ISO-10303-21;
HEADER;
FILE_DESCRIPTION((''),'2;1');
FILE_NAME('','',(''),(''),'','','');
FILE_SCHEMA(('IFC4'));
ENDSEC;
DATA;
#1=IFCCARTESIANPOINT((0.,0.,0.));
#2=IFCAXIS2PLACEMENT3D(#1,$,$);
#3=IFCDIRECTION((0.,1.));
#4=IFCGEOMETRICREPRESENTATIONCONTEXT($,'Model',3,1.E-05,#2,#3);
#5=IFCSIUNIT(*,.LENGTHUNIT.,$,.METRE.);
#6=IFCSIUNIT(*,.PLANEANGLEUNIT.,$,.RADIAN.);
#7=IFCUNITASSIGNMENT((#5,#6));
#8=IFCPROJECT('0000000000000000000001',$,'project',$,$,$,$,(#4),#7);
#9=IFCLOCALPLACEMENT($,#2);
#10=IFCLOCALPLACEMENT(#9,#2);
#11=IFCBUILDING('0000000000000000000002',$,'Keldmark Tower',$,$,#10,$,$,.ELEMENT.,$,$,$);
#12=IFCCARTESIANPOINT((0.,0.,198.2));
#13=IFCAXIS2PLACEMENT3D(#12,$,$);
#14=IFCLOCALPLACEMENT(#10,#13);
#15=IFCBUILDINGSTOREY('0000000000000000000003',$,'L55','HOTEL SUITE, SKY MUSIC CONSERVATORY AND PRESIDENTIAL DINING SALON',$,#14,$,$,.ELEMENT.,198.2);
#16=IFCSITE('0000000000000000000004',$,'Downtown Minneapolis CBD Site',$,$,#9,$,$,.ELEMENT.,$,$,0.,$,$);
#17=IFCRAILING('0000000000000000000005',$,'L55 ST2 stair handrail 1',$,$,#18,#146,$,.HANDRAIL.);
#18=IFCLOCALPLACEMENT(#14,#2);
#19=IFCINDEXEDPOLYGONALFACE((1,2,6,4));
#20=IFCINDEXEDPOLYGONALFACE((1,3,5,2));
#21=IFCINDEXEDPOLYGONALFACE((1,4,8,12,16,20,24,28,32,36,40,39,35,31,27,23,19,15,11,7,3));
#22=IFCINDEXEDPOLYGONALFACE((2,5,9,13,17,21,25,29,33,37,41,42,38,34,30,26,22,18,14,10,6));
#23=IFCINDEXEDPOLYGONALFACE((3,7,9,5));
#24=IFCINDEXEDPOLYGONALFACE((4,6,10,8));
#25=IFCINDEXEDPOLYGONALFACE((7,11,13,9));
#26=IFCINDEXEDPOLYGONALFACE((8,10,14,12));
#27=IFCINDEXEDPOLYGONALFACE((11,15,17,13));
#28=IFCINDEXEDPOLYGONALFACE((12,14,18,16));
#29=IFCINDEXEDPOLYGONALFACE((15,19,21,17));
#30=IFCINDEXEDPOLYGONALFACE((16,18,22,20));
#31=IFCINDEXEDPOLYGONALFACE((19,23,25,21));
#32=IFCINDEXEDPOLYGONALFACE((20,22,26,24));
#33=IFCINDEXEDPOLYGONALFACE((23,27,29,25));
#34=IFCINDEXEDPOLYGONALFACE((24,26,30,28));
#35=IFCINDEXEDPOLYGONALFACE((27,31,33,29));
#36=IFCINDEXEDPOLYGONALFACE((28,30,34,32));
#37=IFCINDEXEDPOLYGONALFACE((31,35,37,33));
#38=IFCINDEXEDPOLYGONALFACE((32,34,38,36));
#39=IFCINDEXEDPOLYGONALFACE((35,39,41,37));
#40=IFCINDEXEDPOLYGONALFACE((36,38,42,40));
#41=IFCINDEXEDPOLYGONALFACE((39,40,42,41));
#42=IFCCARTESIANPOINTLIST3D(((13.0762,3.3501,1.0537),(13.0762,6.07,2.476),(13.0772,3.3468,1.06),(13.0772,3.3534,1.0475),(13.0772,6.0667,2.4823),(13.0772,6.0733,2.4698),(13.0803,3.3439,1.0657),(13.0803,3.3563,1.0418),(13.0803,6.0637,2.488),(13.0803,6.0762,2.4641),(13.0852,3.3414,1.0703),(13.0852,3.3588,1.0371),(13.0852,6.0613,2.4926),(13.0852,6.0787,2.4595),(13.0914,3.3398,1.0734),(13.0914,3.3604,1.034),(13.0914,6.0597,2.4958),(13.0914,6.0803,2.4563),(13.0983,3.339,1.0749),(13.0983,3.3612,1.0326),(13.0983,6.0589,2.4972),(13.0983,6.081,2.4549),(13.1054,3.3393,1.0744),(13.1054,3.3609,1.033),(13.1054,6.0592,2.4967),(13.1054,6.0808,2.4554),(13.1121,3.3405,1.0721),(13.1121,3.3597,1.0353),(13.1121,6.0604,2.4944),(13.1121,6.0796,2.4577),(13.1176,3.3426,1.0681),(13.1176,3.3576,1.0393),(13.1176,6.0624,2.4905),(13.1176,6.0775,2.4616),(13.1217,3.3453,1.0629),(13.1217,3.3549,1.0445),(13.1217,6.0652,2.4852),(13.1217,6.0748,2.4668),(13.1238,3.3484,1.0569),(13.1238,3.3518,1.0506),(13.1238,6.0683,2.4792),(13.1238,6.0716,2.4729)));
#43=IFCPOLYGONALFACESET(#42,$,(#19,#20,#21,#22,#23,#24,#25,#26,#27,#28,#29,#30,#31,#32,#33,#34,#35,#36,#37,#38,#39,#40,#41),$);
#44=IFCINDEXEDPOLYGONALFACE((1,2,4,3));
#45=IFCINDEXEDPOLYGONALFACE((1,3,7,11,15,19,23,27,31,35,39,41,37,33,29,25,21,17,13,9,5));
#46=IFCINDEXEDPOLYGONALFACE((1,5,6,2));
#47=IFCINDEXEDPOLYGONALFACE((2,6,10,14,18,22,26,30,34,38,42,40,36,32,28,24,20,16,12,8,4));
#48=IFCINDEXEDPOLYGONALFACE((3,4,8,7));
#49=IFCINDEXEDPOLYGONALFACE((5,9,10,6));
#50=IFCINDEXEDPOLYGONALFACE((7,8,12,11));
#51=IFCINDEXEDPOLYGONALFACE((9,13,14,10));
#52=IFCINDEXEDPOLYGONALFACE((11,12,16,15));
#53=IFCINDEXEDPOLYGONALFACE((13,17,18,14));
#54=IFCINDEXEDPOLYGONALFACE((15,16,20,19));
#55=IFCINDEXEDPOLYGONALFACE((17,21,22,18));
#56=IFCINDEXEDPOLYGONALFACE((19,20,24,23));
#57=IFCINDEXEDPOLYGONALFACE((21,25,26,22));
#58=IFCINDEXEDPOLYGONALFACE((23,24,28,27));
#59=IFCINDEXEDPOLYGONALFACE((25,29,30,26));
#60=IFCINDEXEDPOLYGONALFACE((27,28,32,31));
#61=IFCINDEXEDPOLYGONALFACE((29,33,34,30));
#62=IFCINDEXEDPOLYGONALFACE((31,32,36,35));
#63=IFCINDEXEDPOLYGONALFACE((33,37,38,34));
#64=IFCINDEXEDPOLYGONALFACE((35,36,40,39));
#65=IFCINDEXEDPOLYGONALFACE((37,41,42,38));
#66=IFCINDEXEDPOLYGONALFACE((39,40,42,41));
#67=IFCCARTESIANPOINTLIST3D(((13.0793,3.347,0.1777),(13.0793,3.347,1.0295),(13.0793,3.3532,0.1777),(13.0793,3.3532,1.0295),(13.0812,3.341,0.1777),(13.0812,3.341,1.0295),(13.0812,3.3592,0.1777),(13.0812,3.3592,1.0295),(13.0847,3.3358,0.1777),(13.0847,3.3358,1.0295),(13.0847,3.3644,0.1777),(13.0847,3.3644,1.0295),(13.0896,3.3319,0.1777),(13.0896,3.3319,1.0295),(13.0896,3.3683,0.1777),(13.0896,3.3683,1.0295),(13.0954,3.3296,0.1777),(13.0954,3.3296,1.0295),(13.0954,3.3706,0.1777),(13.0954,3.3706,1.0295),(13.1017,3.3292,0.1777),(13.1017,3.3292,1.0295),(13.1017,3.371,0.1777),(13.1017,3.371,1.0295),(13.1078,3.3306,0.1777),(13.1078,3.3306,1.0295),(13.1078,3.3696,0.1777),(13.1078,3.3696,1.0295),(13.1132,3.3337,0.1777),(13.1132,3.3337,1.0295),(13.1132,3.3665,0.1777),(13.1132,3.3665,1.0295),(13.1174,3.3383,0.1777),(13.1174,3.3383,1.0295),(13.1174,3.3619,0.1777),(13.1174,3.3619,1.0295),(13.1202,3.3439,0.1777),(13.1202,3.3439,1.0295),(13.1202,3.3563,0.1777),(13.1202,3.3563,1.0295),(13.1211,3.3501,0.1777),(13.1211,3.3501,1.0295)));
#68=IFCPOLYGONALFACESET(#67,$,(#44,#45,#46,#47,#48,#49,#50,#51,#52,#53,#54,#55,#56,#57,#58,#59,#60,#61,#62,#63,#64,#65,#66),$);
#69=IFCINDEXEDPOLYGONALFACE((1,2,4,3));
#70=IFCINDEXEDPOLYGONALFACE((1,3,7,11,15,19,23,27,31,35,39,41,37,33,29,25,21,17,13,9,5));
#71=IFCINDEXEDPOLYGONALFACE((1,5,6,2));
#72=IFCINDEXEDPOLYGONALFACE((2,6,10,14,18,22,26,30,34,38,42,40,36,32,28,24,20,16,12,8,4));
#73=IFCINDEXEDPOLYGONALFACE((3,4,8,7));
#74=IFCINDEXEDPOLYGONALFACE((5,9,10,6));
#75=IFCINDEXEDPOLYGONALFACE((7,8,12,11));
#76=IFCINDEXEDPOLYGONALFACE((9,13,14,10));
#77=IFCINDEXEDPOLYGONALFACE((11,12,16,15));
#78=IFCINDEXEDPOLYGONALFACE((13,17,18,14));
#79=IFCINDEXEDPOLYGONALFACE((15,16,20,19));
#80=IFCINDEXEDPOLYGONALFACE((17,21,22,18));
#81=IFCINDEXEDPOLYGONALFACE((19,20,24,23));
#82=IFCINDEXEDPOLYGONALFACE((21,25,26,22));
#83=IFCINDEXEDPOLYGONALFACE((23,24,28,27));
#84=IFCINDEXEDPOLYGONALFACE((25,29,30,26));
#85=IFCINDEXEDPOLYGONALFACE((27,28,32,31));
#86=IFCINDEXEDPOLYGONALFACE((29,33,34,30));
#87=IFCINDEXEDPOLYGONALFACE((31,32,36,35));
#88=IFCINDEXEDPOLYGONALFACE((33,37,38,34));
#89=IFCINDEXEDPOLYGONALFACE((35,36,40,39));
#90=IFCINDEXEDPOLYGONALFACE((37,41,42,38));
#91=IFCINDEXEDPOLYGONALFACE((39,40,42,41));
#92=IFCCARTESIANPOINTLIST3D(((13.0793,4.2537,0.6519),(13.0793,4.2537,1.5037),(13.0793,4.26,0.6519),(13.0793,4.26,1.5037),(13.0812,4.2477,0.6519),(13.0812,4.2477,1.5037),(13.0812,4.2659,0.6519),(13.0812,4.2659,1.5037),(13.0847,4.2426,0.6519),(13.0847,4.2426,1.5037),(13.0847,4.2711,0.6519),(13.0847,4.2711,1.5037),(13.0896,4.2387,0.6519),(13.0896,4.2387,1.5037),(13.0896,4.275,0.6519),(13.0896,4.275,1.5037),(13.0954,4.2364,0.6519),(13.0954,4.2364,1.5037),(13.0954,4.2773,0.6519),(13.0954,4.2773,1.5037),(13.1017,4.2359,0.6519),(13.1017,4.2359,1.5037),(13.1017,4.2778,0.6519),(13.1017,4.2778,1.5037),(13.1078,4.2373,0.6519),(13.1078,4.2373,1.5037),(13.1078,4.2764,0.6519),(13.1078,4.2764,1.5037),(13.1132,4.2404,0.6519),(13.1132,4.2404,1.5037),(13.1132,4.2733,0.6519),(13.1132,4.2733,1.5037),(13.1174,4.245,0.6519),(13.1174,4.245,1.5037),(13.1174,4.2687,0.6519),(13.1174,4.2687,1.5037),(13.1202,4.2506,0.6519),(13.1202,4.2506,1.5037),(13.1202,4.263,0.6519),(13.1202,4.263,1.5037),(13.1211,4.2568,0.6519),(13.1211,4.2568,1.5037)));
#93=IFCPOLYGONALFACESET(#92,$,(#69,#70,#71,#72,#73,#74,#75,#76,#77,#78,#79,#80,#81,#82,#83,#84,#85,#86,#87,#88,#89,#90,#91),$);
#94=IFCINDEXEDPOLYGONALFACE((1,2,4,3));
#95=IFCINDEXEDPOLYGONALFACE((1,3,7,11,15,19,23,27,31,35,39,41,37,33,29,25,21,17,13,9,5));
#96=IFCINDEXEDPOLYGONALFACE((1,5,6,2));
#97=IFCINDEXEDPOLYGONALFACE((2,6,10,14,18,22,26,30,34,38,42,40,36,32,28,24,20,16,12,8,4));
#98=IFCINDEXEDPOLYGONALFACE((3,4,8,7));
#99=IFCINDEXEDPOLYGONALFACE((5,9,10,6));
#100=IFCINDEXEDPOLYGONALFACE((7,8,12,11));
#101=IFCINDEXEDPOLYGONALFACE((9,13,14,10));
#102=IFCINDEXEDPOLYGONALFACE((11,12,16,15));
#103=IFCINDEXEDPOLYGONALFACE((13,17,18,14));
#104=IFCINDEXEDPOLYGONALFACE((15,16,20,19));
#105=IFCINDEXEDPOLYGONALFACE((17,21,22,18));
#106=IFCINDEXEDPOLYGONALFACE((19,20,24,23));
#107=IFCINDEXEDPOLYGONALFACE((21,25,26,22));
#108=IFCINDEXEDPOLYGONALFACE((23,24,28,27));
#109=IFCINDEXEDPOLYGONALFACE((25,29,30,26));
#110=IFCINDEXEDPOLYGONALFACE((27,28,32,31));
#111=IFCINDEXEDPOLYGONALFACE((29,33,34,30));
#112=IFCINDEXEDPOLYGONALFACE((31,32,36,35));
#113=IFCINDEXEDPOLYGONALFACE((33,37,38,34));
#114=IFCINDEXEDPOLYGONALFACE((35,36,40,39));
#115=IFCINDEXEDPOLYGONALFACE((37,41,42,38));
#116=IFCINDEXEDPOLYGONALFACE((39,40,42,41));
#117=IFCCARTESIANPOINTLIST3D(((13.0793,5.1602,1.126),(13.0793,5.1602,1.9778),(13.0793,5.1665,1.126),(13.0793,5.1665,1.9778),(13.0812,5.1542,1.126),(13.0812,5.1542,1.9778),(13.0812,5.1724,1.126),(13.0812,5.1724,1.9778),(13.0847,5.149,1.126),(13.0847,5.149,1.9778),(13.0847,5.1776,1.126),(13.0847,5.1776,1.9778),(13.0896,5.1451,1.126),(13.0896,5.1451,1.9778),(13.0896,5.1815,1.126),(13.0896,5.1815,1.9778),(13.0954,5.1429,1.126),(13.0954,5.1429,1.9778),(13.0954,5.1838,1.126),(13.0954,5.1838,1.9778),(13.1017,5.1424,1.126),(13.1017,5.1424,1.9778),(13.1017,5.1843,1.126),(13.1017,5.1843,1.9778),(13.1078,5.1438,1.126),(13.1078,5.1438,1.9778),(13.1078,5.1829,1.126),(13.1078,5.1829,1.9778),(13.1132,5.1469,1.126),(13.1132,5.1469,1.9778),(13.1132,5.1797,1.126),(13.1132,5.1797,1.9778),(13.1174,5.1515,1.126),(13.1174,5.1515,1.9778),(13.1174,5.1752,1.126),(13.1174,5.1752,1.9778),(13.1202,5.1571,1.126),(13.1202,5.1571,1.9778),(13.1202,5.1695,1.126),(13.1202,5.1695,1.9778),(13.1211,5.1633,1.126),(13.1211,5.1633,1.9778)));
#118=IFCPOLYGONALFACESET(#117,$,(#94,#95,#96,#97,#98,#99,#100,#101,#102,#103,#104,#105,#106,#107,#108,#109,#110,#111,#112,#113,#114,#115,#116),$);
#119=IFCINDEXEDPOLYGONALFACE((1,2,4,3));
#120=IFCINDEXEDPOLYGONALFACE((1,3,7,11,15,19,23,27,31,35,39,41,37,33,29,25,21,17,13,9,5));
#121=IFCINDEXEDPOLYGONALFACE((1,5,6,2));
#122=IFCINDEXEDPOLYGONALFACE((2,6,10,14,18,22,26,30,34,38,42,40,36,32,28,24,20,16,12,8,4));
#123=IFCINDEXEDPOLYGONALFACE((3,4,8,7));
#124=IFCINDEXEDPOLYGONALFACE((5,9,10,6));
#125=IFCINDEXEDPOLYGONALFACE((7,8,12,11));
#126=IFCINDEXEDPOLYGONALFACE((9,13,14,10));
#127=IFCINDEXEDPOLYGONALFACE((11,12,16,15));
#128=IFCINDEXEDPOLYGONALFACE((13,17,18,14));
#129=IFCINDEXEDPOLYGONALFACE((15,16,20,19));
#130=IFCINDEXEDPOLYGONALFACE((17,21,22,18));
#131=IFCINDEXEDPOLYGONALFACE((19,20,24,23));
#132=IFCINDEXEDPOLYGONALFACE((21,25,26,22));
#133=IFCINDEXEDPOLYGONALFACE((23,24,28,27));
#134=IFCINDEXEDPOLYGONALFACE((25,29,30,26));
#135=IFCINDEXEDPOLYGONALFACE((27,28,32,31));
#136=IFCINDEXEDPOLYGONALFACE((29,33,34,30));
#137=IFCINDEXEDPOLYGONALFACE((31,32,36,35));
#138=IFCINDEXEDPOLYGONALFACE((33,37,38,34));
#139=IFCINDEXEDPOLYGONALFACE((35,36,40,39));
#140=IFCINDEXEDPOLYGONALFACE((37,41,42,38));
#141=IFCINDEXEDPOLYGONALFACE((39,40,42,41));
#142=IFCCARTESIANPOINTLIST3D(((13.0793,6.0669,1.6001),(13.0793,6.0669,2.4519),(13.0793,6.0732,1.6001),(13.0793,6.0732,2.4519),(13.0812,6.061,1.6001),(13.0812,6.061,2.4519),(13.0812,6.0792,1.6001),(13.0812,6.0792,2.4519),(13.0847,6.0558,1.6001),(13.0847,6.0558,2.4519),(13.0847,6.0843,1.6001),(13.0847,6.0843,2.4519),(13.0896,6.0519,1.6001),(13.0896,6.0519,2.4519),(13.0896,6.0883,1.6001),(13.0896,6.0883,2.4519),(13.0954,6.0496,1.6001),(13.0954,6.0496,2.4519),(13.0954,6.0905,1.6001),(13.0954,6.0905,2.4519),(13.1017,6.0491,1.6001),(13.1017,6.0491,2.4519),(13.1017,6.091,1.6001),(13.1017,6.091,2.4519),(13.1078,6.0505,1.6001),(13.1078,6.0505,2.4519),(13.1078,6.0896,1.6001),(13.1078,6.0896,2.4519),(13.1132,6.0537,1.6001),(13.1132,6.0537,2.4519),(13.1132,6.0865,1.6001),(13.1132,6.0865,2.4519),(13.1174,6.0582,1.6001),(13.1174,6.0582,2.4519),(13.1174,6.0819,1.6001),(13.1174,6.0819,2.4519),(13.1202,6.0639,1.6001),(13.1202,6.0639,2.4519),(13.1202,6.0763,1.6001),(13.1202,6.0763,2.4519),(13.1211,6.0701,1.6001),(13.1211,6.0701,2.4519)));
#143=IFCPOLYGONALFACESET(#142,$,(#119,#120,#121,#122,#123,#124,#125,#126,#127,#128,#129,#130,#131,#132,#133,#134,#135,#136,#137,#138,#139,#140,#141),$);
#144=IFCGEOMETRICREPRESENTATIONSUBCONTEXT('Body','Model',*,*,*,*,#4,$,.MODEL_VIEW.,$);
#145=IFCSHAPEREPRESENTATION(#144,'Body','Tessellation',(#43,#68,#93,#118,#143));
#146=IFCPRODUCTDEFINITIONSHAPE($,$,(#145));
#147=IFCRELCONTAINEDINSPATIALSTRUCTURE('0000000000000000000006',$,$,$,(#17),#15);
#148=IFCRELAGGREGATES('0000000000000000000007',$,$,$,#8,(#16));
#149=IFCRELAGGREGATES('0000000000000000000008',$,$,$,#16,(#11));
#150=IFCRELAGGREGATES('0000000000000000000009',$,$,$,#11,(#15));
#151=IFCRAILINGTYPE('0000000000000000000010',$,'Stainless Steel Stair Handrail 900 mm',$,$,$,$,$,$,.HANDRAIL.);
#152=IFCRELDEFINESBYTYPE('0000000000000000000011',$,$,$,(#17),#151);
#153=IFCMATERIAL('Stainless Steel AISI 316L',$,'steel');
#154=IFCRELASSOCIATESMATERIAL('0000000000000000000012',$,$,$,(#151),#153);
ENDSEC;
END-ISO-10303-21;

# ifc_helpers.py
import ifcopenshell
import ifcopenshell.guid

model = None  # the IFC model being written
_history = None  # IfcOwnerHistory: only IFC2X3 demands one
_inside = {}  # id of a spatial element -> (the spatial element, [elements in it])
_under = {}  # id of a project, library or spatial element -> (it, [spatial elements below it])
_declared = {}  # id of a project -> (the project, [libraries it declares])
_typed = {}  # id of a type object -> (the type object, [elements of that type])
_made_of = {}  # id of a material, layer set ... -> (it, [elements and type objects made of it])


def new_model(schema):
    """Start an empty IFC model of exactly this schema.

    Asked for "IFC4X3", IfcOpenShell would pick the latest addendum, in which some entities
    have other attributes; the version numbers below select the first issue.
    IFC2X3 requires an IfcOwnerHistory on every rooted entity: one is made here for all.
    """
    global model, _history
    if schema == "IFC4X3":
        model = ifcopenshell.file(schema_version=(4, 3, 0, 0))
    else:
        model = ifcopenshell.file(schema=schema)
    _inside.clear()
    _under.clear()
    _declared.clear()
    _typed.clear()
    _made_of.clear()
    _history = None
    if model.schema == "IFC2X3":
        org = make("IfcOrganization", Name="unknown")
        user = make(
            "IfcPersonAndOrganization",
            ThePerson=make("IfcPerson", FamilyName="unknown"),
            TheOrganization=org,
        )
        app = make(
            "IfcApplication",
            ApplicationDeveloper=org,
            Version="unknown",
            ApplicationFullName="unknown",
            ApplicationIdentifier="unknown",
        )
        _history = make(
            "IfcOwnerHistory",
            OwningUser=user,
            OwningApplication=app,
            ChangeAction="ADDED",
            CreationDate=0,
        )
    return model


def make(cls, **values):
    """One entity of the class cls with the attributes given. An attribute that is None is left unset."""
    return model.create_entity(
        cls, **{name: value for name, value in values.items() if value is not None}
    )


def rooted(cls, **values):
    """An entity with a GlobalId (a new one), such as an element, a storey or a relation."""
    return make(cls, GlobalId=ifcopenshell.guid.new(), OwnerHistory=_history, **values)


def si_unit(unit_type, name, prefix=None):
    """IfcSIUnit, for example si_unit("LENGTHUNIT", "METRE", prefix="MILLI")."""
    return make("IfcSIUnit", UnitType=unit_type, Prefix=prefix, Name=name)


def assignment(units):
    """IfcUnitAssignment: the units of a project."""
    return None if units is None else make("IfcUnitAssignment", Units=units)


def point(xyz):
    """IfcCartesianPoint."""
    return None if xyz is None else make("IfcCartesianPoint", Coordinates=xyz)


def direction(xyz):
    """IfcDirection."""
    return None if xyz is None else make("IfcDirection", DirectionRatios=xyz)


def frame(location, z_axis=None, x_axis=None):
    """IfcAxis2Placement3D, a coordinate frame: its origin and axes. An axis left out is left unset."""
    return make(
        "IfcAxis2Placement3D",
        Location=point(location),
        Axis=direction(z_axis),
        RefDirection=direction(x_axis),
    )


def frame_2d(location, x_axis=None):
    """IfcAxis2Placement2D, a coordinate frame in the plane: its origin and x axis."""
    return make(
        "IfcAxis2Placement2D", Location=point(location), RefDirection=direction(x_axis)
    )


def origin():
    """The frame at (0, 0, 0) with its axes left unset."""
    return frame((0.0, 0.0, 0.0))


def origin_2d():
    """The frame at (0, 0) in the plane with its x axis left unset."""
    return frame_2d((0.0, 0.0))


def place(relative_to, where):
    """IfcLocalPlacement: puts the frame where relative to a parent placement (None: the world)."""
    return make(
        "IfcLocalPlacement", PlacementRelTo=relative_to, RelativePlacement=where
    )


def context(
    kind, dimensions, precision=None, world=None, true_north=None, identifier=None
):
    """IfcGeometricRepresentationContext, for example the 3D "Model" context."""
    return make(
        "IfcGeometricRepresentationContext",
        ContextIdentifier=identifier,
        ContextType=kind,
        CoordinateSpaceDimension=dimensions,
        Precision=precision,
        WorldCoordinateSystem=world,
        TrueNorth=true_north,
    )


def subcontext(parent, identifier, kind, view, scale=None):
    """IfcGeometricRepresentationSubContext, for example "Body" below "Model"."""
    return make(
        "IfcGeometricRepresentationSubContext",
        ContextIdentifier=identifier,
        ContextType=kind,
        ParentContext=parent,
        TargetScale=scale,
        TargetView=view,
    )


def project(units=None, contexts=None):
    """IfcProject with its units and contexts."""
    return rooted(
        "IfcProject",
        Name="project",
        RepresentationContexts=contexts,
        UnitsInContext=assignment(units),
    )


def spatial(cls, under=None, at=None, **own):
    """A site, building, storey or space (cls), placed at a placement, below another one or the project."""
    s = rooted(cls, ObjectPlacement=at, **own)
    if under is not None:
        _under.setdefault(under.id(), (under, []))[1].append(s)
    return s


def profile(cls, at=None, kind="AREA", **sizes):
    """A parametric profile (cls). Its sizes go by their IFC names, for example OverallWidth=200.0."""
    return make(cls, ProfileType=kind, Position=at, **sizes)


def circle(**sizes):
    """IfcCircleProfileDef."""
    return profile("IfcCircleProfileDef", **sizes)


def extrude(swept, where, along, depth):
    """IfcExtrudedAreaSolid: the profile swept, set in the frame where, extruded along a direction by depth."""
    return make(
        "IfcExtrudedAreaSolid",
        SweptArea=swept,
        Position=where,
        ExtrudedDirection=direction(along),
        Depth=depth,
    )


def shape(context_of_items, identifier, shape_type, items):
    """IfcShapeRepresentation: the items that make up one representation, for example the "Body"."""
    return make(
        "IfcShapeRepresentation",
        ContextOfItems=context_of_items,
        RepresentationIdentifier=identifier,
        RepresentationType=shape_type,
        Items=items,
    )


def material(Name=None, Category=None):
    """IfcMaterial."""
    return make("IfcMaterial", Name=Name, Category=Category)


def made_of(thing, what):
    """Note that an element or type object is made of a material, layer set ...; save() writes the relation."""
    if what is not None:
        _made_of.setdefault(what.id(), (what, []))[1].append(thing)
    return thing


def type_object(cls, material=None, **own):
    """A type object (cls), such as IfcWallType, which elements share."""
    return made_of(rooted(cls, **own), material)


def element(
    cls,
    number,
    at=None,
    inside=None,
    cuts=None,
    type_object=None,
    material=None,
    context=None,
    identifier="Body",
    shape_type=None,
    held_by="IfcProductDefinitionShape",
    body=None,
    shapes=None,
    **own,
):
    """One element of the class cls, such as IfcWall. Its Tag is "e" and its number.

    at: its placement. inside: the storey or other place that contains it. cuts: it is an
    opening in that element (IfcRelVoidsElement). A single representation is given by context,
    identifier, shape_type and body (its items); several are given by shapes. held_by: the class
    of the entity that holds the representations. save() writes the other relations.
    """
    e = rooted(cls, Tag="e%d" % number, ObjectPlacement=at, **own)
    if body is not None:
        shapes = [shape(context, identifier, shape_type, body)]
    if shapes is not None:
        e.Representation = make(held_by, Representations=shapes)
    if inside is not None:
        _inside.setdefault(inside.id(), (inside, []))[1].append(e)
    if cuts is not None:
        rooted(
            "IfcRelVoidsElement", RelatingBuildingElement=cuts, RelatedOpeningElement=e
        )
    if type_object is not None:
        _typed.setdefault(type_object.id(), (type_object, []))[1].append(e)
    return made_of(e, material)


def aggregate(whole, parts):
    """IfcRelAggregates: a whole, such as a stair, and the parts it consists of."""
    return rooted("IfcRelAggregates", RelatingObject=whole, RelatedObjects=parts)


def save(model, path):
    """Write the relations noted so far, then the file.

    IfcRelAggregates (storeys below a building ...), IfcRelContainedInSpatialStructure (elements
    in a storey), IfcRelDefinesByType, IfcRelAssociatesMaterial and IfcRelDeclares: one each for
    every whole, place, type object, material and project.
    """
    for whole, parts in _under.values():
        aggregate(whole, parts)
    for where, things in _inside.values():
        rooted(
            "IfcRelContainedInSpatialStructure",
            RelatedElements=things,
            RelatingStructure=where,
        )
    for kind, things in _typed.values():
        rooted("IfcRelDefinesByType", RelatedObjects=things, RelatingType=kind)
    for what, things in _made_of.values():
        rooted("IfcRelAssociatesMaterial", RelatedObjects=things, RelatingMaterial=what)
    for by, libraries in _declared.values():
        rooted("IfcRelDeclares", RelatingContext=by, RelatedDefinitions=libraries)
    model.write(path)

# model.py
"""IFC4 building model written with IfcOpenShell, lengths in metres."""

from ifc_helpers import new_model, si_unit, direction, frame, origin, origin_2d, place, context, subcontext, project, spatial, circle, extrude, material, type_object, element, save


model = new_model("IFC4")

# Units and contexts
model_context = context("Model", 3, precision=1e-05, world=origin(), true_north=direction((0.0, 1.0)))
body_context = subcontext(model_context, "Body", "Model", "MODEL_VIEW")
ifc_project = project(units=[si_unit("LENGTHUNIT", "METRE"), si_unit("PLANEANGLEUNIT", "RADIAN")], contexts=[model_context])

# Site, building, storey
site_placement = place(None, origin())
site = spatial("IfcSite", under=ifc_project, at=site_placement, Name="Downtown Minneapolis CBD Site", CompositionType="ELEMENT", RefElevation=0.0)
building_placement = place(site_placement, origin())
building = spatial("IfcBuilding", under=site, at=building_placement, Name="Keldmark Tower", CompositionType="ELEMENT")
storey_placement = place(building_placement, frame((0.0, 0.0, 198.2)))
storey = spatial("IfcBuildingStorey", under=building, at=storey_placement, Name="L55", Description="HOTEL SUITE, SKY MUSIC CONSERVATORY AND PRESIDENTIAL DINING SALON", CompositionType="ELEMENT", Elevation=198.2)

# Railing
ifc_material_1 = material(Name="Stainless Steel AISI 316L", Category="steel")
railing_type_1 = type_object("IfcRailingType", Name="Stainless Steel Stair Handrail 900 mm", PredefinedType="HANDRAIL", material=ifc_material_1)
railing_1_placement = place(storey_placement, frame((13.1001, 3.3501, 0.1777)))
element("IfcRailing", 1, at=railing_1_placement, inside=storey, type_object=railing_type_1, Name="L55 ST2 stair handrail 1", PredefinedType="HANDRAIL", context=body_context, shape_type="SweptSolid", body=[
    extrude(circle(Radius=0.0239, at=origin_2d()), frame((0.0, 0.0, 0.876), z_axis=(0.0, 0.88615, 0.463398), x_axis=(-1.0, 0.0, 0.0)), (0.0, 0.0, 1.0), 3.0693),
    extrude(circle(Radius=0.021, at=origin_2d()), origin(), (0.0, 0.0, 1.0), 0.8518),
    extrude(circle(Radius=0.021, at=origin_2d()), frame((0.0, 0.9067, 0.4741)), (0.0, 0.0, 1.0), 0.8518),
    extrude(circle(Radius=0.021, at=origin_2d()), frame((0.0, 1.8132, 0.9482)), (0.0, 0.0, 1.0), 0.8518),
    extrude(circle(Radius=0.021, at=origin_2d()), frame((0.0, 2.72, 1.4224)), (0.0, 0.0, 1.0), 0.8518),
])

save(model, "model.ifc")
